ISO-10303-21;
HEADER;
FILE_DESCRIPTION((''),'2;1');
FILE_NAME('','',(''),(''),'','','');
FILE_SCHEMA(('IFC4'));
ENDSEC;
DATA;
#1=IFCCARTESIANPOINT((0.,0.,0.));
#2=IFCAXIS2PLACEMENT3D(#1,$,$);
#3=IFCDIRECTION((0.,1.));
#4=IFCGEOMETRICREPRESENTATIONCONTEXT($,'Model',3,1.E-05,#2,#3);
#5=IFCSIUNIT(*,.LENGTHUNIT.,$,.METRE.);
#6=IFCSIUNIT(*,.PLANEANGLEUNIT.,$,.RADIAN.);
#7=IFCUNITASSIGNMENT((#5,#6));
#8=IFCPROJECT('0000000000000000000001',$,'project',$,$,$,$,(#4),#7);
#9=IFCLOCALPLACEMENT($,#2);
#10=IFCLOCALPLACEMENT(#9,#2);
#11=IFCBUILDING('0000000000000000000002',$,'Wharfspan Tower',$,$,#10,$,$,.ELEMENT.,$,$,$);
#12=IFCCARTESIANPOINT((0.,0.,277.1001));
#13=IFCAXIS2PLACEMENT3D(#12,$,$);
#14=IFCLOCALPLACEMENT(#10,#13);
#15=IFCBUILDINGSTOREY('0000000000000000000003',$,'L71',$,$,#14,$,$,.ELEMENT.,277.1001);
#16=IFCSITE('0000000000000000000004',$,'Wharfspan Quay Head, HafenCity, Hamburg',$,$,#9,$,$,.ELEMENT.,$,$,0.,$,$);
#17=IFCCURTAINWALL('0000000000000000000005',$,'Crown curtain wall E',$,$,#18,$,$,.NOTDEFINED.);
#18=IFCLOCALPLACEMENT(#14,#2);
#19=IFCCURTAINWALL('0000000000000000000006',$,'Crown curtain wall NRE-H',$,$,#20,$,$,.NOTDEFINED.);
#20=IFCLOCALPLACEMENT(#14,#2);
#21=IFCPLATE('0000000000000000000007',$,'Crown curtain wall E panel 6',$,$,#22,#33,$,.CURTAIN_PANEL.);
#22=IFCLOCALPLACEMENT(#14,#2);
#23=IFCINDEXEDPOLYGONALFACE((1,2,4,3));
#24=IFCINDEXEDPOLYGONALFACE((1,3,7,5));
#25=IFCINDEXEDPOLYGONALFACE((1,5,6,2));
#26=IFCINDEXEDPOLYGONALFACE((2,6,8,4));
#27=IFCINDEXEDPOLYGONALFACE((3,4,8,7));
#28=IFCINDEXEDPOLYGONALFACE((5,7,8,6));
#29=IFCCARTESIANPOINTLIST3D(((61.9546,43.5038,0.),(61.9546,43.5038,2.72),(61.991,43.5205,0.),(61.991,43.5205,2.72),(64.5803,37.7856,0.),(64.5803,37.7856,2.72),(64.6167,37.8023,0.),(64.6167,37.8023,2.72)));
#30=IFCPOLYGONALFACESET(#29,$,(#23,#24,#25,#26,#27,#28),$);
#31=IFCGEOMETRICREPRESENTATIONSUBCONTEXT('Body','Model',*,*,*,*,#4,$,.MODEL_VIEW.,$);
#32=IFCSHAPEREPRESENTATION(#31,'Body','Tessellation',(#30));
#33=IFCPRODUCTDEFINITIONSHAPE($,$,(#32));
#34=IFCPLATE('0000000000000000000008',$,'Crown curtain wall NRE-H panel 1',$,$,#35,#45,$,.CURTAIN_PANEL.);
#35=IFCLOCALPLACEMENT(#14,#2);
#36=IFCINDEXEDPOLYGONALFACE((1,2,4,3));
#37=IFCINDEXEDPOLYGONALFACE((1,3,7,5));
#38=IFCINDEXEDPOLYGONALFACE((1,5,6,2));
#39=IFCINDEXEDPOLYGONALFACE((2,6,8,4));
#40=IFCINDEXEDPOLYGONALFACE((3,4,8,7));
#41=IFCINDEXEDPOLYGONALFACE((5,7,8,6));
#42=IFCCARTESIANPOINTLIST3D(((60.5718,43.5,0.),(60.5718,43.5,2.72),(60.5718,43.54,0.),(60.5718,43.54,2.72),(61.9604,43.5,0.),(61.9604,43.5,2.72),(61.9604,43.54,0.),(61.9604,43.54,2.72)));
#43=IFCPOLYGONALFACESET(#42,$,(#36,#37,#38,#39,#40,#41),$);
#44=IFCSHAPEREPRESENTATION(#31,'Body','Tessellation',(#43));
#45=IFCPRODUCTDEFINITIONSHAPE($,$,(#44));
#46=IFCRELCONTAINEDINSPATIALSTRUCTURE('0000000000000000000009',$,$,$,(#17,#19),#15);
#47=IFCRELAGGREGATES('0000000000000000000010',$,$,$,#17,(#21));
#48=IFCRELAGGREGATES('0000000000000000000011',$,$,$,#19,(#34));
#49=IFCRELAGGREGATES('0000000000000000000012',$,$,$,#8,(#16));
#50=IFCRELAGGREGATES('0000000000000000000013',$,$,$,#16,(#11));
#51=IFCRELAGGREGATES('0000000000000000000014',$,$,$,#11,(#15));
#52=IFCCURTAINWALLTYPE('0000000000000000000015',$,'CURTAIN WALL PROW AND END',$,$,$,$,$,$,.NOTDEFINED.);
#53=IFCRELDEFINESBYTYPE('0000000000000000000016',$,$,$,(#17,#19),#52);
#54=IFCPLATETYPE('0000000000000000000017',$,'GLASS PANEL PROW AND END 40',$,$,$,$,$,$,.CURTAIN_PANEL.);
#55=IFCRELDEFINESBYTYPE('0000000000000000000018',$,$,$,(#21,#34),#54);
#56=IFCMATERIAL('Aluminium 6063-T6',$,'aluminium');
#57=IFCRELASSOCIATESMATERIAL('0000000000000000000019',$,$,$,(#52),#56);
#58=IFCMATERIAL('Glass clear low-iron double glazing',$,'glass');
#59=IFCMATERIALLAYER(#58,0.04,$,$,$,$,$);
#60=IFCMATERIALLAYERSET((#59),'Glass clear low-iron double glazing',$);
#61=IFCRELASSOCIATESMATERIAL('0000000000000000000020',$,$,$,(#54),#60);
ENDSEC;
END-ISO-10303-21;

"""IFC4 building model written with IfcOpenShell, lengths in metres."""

from ifc_helpers import new_model, si_unit, direction, frame, origin, origin_2d, place, context, subcontext, project, spatial, rectangle, extrude, material, layer, layer_set, type_object, element, aggregate, save


model = new_model("IFC4")

# Units and contexts
model_context = context("Model", 3, precision=1e-05, world=origin(), true_north=direction((0.0, 1.0)))
body_context = subcontext(model_context, "Body", "Model", "MODEL_VIEW")
ifc_project = project(units=[si_unit("LENGTHUNIT", "METRE"), si_unit("PLANEANGLEUNIT", "RADIAN")], contexts=[model_context])

# Site, building, storey
site_placement = place(None, origin())
site = spatial("IfcSite", under=ifc_project, at=site_placement, Name="Wharfspan Quay Head, HafenCity, Hamburg", CompositionType="ELEMENT", RefElevation=0.0)
building_placement = place(site_placement, origin())
building = spatial("IfcBuilding", under=site, at=building_placement, Name="Wharfspan Tower", CompositionType="ELEMENT")
storey_placement = place(building_placement, frame((0.0, 0.0, 277.1001)))
storey = spatial("IfcBuildingStorey", under=building, at=storey_placement, Name="L71", CompositionType="ELEMENT", Elevation=277.1001)

# Curtain walls
ifc_material_1 = material(Name="Aluminium 6063-T6", Category="aluminium")
curtain_wall_type_1 = type_object("IfcCurtainWallType", Name="CURTAIN WALL PROW AND END", PredefinedType="NOTDEFINED", material=ifc_material_1)
curtain_wall_1_placement = place(storey_placement, origin())
curtain_wall_1 = element("IfcCurtainWall", 1, at=curtain_wall_1_placement, inside=storey, type_object=curtain_wall_type_1, Name="Crown curtain wall E", PredefinedType="NOTDEFINED")
curtain_wall_2_placement = place(storey_placement, origin())
curtain_wall_2 = element("IfcCurtainWall", 2, at=curtain_wall_2_placement, inside=storey, type_object=curtain_wall_type_1, Name="Crown curtain wall NRE-H", PredefinedType="NOTDEFINED")

# Plates
ifc_material_2 = material(Name="Glass clear low-iron double glazing", Category="glass")
ifc_layer_1 = layer(ifc_material_2, 0.04)
ifc_layer_set_1 = layer_set([ifc_layer_1], Name="Glass clear low-iron double glazing")
plate_type_1 = type_object("IfcPlateType", Name="GLASS PANEL PROW AND END 40", PredefinedType="CURTAIN_PANEL", material=ifc_layer_set_1)
plate_1_placement = place(storey_placement, frame((63.2856, 40.6531, 0.0), z_axis=(0.0, 0.0, 1.0), x_axis=(-0.417292, 0.908769, 0.0)))
plate_1 = element("IfcPlate", 3, at=plate_1_placement, type_object=plate_type_1, Name="Crown curtain wall E panel 6", PredefinedType="CURTAIN_PANEL", context=body_context, shape_type="SweptSolid", body=[
    extrude(rectangle(XDim=6.2922, YDim=0.04, at=origin_2d()), origin(), (0.0, 0.0, 1.0), 2.72),
])
aggregate(curtain_wall_1, [plate_1])
plate_2_placement = place(storey_placement, frame((61.2661, 43.52, 0.0), z_axis=(0.0, 0.0, 1.0), x_axis=(-1.0, 0.0, 0.0)))
plate_2 = element("IfcPlate", 4, at=plate_2_placement, type_object=plate_type_1, Name="Crown curtain wall NRE-H panel 1", PredefinedType="CURTAIN_PANEL", context=body_context, shape_type="SweptSolid", body=[
    extrude(rectangle(XDim=1.3887, YDim=0.04, at=origin_2d()), origin(), (0.0, 0.0, 1.0), 2.72),
])
aggregate(curtain_wall_2, [plate_2])

save(model, "model.ifc")
